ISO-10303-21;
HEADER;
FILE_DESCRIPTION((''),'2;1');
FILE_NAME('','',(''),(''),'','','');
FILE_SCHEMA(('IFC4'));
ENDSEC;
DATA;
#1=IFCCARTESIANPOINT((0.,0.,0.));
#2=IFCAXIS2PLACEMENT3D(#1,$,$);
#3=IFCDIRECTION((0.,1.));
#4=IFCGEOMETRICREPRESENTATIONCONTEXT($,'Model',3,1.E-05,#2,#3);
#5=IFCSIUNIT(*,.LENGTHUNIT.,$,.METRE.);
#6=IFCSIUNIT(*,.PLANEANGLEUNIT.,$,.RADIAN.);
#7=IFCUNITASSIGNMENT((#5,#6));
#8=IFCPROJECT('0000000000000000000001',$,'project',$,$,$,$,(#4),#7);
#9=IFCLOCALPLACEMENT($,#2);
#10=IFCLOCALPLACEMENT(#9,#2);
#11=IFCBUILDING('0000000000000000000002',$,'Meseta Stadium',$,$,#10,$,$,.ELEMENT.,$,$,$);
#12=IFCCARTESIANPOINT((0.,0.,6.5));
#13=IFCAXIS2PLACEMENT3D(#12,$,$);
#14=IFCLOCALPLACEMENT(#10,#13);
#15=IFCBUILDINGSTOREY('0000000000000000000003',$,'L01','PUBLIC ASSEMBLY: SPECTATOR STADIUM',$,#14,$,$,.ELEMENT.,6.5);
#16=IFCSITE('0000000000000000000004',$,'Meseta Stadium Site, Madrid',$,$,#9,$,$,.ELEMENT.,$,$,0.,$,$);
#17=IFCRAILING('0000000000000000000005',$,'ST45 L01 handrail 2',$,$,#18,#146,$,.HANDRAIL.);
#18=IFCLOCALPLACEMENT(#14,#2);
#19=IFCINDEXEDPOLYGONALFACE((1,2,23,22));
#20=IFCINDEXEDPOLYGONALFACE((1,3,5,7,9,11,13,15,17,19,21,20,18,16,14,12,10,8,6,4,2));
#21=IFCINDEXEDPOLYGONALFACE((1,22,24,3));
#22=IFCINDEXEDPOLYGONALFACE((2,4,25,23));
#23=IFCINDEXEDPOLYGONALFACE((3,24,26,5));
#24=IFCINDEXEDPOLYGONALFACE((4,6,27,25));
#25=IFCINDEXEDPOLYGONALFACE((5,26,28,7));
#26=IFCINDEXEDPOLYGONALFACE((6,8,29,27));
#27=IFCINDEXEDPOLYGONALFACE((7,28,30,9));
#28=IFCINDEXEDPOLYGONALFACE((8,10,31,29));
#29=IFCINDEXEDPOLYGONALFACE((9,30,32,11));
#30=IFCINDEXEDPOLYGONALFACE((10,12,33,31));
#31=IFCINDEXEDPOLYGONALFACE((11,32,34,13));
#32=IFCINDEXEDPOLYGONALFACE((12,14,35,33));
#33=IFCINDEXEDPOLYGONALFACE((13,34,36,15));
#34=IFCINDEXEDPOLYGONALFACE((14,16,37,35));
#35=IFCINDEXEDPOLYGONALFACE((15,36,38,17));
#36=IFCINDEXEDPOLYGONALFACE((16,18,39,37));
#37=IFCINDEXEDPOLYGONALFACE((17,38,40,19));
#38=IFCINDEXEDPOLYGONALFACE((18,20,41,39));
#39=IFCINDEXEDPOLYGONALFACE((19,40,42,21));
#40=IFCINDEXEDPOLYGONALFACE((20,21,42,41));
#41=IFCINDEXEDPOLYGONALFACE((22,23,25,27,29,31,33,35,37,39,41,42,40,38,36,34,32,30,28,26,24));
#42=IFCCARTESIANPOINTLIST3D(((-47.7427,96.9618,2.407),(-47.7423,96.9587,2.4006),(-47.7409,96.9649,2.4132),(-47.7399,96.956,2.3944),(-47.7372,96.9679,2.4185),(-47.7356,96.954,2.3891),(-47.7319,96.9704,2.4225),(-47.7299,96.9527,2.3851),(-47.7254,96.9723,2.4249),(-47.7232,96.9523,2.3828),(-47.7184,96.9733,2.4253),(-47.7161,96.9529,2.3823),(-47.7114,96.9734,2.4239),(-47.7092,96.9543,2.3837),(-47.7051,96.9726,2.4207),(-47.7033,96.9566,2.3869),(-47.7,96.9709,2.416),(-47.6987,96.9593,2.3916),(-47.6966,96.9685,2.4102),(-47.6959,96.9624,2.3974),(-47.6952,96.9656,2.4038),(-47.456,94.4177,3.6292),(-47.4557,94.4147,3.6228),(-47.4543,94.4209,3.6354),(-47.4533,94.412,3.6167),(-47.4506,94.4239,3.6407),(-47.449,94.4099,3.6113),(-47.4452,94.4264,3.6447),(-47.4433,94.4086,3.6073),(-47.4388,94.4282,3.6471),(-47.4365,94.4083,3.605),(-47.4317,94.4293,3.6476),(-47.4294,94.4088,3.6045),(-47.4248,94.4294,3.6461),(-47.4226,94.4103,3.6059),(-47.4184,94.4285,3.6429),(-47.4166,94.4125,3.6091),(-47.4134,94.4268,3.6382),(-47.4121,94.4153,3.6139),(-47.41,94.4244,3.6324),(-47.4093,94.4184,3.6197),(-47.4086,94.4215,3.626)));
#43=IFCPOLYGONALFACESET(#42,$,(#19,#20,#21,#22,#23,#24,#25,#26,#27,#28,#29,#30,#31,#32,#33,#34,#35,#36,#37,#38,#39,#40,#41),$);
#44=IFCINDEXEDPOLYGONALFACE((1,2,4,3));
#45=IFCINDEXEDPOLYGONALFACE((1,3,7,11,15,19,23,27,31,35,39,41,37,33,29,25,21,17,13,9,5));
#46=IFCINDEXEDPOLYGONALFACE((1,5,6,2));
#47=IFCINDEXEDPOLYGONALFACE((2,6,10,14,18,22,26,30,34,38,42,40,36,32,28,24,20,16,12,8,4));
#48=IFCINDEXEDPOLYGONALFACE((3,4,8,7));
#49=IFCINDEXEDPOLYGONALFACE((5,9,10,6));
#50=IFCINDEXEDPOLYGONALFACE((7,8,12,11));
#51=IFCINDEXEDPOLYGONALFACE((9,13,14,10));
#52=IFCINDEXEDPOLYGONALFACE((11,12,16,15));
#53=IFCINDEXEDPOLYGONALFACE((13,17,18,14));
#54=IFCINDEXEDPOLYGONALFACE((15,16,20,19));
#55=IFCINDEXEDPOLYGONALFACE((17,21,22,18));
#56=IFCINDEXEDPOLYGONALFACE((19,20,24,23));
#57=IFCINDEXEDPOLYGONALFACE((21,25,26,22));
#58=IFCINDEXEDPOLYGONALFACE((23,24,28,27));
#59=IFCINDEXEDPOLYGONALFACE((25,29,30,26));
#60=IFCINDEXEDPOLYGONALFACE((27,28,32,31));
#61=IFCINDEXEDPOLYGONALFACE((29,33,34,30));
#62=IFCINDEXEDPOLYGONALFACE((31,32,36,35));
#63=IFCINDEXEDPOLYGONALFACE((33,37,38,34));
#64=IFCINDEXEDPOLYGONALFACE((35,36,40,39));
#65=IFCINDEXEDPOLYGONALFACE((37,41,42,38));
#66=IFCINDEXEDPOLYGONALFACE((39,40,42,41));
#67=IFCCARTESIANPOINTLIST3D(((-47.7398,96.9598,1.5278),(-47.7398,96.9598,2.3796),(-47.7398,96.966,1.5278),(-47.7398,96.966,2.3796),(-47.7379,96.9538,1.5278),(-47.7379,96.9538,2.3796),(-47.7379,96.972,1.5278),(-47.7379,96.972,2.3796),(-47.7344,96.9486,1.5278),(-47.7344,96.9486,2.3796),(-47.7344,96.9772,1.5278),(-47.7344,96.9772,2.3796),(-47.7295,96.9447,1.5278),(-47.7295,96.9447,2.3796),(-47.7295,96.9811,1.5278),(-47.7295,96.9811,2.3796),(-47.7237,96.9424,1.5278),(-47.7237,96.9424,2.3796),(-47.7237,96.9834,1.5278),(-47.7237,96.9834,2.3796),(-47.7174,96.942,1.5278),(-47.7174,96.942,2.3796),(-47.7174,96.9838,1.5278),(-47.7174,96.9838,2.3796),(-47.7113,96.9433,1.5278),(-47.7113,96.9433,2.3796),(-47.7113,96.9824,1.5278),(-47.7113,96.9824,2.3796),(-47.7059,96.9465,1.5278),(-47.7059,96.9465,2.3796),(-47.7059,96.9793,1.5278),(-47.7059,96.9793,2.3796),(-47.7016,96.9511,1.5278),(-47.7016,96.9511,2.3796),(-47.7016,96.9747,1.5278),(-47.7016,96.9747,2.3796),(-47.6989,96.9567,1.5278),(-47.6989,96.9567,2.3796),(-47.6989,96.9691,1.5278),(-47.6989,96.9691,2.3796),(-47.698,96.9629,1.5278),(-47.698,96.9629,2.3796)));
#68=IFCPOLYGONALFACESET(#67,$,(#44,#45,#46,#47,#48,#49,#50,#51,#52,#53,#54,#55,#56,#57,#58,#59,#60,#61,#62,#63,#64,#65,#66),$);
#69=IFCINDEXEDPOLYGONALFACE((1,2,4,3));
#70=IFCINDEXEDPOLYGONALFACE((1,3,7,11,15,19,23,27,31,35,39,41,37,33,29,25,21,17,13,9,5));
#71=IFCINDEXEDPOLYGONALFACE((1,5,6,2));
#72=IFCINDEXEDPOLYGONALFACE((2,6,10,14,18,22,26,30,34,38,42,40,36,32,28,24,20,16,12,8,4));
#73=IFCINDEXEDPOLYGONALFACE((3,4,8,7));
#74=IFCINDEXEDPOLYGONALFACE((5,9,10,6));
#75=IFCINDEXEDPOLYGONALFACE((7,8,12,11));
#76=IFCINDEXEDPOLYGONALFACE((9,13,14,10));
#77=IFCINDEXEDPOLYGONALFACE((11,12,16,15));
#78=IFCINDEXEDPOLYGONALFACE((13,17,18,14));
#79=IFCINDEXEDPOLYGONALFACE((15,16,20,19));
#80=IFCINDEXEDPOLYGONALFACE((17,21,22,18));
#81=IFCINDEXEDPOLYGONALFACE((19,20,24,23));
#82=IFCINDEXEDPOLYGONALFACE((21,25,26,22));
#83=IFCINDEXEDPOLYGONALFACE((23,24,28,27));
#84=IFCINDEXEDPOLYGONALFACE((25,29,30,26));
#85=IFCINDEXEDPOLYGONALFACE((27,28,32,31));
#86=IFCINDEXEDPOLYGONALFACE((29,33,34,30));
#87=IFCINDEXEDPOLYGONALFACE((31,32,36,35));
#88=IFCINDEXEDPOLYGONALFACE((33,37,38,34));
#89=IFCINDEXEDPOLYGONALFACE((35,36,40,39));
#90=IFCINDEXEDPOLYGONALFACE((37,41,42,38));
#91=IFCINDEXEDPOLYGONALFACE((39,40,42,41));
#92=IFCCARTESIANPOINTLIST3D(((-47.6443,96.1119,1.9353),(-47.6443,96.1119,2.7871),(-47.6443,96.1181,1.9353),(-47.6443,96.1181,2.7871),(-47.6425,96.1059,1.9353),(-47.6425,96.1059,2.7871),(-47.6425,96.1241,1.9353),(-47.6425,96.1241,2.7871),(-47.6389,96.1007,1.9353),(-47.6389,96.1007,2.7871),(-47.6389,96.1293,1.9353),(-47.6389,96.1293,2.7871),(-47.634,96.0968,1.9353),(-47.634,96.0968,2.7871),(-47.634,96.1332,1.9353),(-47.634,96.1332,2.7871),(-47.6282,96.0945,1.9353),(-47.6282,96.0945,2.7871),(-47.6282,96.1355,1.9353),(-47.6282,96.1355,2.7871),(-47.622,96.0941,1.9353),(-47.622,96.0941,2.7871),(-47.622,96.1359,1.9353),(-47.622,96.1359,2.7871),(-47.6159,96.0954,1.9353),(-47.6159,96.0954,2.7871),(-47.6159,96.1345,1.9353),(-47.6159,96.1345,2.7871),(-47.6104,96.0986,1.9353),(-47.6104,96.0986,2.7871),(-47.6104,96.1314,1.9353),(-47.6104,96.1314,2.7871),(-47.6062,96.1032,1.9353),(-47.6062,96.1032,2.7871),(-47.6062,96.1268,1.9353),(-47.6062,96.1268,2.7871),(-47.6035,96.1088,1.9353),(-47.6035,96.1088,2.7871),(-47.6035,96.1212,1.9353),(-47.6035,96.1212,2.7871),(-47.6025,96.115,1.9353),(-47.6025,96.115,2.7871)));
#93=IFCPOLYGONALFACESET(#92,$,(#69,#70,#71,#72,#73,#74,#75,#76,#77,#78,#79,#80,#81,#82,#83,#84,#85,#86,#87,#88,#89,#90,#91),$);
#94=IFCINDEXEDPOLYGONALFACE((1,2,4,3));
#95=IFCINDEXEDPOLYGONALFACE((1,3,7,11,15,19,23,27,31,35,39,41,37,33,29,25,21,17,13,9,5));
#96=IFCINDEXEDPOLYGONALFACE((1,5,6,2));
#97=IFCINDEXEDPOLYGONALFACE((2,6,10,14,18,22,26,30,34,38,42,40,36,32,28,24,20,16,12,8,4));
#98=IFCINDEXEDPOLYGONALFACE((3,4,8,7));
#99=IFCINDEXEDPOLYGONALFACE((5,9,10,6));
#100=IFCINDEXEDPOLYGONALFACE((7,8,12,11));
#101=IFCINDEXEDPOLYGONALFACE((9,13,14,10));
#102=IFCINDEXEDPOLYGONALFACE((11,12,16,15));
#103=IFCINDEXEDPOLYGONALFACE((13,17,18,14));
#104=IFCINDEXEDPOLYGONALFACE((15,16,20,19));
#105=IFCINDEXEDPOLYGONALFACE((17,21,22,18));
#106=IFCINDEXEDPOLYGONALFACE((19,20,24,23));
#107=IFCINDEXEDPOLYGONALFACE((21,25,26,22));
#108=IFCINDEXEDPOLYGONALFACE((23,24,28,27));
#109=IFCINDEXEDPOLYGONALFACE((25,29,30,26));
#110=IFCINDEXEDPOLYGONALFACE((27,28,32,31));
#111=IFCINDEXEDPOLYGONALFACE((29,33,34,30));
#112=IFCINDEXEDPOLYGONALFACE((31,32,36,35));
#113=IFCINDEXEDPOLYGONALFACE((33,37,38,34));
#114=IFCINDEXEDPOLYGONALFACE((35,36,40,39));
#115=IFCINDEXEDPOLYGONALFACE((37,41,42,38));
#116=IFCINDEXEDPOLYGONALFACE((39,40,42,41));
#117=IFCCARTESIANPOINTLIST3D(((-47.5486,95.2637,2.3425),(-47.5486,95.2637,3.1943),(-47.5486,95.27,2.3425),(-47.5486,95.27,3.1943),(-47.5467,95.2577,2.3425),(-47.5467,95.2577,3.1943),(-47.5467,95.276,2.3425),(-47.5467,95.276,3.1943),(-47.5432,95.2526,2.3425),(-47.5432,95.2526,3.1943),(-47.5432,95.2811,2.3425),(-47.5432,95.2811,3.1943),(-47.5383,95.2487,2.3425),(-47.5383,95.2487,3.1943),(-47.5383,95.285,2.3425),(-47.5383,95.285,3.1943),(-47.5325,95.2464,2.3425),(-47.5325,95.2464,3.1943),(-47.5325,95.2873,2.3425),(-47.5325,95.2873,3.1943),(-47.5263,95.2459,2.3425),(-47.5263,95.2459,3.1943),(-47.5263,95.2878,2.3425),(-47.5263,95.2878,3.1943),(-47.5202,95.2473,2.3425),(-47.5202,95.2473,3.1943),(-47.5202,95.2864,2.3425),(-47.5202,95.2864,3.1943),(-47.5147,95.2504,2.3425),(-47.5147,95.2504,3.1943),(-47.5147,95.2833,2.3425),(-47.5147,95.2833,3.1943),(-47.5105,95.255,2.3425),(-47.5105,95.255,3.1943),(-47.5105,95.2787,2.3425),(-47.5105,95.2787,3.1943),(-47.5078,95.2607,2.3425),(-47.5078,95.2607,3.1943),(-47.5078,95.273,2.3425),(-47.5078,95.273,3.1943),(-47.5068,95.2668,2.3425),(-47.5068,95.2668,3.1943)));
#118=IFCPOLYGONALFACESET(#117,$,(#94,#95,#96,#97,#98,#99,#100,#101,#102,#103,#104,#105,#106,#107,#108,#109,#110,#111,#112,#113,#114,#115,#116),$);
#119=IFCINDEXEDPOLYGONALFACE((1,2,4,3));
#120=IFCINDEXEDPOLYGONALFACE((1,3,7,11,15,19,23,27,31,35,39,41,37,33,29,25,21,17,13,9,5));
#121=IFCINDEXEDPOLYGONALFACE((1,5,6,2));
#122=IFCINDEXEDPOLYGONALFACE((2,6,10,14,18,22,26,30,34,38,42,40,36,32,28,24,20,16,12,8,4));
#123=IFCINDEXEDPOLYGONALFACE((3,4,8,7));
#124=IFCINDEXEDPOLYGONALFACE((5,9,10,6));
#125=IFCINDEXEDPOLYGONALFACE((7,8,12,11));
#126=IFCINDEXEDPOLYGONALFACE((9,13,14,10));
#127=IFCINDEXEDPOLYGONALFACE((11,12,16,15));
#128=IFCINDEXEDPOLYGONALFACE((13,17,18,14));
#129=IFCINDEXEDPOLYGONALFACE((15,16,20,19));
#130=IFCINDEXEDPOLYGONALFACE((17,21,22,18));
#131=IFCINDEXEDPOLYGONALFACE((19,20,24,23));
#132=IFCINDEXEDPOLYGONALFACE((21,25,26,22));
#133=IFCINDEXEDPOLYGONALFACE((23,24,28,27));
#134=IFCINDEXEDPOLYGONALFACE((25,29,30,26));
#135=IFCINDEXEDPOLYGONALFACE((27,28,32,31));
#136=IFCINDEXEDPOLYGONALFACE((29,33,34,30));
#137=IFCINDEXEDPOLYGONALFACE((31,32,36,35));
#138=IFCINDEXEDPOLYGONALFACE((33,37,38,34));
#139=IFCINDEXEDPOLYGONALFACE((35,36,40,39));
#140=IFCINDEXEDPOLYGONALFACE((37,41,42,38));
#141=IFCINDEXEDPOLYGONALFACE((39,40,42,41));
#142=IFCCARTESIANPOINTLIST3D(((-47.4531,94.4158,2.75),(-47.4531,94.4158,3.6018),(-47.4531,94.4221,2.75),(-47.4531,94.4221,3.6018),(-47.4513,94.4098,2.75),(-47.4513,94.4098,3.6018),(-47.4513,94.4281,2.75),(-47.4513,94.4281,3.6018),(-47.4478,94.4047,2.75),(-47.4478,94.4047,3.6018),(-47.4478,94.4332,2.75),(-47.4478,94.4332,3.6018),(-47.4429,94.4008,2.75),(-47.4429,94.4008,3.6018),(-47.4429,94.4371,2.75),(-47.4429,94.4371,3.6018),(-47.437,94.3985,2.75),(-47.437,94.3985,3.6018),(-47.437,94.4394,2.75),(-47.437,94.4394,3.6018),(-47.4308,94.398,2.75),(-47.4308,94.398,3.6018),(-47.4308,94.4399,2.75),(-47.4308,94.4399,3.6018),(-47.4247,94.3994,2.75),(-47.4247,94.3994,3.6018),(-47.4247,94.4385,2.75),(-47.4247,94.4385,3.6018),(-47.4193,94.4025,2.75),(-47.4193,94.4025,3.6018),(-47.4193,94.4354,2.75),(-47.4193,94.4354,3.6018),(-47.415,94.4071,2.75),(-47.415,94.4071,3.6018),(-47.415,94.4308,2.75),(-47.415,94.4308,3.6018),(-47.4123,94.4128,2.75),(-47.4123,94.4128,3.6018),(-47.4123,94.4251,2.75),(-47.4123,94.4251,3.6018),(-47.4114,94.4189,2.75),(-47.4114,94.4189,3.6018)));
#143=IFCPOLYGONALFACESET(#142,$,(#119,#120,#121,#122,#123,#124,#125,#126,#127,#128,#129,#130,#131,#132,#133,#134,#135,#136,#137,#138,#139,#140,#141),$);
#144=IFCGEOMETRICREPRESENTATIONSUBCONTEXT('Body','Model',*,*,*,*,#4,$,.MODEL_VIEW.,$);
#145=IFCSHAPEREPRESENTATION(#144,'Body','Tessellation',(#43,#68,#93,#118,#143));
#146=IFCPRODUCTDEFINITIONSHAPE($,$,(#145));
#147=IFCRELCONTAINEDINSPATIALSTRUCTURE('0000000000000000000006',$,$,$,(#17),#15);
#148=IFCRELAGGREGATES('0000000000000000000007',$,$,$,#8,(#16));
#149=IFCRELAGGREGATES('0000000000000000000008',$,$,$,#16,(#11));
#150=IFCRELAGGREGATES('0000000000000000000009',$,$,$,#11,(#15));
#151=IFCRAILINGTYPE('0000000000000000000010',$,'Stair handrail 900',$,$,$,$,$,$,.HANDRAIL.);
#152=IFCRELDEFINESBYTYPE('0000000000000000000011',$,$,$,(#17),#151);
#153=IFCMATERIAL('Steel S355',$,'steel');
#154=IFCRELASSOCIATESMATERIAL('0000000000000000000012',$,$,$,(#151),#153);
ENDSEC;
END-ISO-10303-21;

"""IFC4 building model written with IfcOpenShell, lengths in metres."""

from ifc_helpers import new_model, si_unit, direction, frame, origin, origin_2d, place, context, subcontext, project, spatial, circle, extrude, material, type_object, element, save


model = new_model("IFC4")

# Units and contexts
model_context = context("Model", 3, precision=1e-05, world=origin(), true_north=direction((0.0, 1.0)))
body_context = subcontext(model_context, "Body", "Model", "MODEL_VIEW")
ifc_project = project(units=[si_unit("LENGTHUNIT", "METRE"), si_unit("PLANEANGLEUNIT", "RADIAN")], contexts=[model_context])

# Site, building, storey
site_placement = place(None, origin())
site = spatial("IfcSite", under=ifc_project, at=site_placement, Name="Meseta Stadium Site, Madrid", CompositionType="ELEMENT", RefElevation=0.0)
building_placement = place(site_placement, origin())
building = spatial("IfcBuilding", under=site, at=building_placement, Name="Meseta Stadium", CompositionType="ELEMENT")
storey_placement = place(building_placement, frame((0.0, 0.0, 6.5)))
storey = spatial("IfcBuildingStorey", under=building, at=storey_placement, Name="L01", Description="PUBLIC ASSEMBLY: SPECTATOR STADIUM", CompositionType="ELEMENT", Elevation=6.5)

# Railing
ifc_material_1 = material(Name="Steel S355", Category="steel")
railing_type_1 = type_object("IfcRailingType", Name="Stair handrail 900", PredefinedType="HANDRAIL", material=ifc_material_1)
railing_1_placement = place(storey_placement, frame((-47.719, 96.9629, 1.5278)))
element("IfcRailing", 1, at=railing_1_placement, inside=storey, type_object=railing_type_1, Name="ST45 L01 handrail 2", PredefinedType="HANDRAIL", context=body_context, shape_type="SweptSolid", body=[
    extrude(circle(Radius=0.0239, at=origin_2d()), frame((0.0, 0.0, 0.876), z_axis=(0.101036, -0.896762, 0.430824), x_axis=(0.993713, 0.11196, 0.0)), (0.0, 0.0, 1.0), 2.8369),
    extrude(circle(Radius=0.021, at=origin_2d()), origin(), (0.0, 0.0, 1.0), 0.8518),
    extrude(circle(Radius=0.021, at=origin_2d()), frame((0.0955, -0.8479, 0.4075)), (0.0, 0.0, 1.0), 0.8518),
    extrude(circle(Radius=0.021, at=origin_2d()), frame((0.1912, -1.696, 0.8147)), (0.0, 0.0, 1.0), 0.8518),
    extrude(circle(Radius=0.021, at=origin_2d()), frame((0.2866, -2.5439, 1.2222)), (0.0, 0.0, 1.0), 0.8518),
])

save(model, "model.ifc")
